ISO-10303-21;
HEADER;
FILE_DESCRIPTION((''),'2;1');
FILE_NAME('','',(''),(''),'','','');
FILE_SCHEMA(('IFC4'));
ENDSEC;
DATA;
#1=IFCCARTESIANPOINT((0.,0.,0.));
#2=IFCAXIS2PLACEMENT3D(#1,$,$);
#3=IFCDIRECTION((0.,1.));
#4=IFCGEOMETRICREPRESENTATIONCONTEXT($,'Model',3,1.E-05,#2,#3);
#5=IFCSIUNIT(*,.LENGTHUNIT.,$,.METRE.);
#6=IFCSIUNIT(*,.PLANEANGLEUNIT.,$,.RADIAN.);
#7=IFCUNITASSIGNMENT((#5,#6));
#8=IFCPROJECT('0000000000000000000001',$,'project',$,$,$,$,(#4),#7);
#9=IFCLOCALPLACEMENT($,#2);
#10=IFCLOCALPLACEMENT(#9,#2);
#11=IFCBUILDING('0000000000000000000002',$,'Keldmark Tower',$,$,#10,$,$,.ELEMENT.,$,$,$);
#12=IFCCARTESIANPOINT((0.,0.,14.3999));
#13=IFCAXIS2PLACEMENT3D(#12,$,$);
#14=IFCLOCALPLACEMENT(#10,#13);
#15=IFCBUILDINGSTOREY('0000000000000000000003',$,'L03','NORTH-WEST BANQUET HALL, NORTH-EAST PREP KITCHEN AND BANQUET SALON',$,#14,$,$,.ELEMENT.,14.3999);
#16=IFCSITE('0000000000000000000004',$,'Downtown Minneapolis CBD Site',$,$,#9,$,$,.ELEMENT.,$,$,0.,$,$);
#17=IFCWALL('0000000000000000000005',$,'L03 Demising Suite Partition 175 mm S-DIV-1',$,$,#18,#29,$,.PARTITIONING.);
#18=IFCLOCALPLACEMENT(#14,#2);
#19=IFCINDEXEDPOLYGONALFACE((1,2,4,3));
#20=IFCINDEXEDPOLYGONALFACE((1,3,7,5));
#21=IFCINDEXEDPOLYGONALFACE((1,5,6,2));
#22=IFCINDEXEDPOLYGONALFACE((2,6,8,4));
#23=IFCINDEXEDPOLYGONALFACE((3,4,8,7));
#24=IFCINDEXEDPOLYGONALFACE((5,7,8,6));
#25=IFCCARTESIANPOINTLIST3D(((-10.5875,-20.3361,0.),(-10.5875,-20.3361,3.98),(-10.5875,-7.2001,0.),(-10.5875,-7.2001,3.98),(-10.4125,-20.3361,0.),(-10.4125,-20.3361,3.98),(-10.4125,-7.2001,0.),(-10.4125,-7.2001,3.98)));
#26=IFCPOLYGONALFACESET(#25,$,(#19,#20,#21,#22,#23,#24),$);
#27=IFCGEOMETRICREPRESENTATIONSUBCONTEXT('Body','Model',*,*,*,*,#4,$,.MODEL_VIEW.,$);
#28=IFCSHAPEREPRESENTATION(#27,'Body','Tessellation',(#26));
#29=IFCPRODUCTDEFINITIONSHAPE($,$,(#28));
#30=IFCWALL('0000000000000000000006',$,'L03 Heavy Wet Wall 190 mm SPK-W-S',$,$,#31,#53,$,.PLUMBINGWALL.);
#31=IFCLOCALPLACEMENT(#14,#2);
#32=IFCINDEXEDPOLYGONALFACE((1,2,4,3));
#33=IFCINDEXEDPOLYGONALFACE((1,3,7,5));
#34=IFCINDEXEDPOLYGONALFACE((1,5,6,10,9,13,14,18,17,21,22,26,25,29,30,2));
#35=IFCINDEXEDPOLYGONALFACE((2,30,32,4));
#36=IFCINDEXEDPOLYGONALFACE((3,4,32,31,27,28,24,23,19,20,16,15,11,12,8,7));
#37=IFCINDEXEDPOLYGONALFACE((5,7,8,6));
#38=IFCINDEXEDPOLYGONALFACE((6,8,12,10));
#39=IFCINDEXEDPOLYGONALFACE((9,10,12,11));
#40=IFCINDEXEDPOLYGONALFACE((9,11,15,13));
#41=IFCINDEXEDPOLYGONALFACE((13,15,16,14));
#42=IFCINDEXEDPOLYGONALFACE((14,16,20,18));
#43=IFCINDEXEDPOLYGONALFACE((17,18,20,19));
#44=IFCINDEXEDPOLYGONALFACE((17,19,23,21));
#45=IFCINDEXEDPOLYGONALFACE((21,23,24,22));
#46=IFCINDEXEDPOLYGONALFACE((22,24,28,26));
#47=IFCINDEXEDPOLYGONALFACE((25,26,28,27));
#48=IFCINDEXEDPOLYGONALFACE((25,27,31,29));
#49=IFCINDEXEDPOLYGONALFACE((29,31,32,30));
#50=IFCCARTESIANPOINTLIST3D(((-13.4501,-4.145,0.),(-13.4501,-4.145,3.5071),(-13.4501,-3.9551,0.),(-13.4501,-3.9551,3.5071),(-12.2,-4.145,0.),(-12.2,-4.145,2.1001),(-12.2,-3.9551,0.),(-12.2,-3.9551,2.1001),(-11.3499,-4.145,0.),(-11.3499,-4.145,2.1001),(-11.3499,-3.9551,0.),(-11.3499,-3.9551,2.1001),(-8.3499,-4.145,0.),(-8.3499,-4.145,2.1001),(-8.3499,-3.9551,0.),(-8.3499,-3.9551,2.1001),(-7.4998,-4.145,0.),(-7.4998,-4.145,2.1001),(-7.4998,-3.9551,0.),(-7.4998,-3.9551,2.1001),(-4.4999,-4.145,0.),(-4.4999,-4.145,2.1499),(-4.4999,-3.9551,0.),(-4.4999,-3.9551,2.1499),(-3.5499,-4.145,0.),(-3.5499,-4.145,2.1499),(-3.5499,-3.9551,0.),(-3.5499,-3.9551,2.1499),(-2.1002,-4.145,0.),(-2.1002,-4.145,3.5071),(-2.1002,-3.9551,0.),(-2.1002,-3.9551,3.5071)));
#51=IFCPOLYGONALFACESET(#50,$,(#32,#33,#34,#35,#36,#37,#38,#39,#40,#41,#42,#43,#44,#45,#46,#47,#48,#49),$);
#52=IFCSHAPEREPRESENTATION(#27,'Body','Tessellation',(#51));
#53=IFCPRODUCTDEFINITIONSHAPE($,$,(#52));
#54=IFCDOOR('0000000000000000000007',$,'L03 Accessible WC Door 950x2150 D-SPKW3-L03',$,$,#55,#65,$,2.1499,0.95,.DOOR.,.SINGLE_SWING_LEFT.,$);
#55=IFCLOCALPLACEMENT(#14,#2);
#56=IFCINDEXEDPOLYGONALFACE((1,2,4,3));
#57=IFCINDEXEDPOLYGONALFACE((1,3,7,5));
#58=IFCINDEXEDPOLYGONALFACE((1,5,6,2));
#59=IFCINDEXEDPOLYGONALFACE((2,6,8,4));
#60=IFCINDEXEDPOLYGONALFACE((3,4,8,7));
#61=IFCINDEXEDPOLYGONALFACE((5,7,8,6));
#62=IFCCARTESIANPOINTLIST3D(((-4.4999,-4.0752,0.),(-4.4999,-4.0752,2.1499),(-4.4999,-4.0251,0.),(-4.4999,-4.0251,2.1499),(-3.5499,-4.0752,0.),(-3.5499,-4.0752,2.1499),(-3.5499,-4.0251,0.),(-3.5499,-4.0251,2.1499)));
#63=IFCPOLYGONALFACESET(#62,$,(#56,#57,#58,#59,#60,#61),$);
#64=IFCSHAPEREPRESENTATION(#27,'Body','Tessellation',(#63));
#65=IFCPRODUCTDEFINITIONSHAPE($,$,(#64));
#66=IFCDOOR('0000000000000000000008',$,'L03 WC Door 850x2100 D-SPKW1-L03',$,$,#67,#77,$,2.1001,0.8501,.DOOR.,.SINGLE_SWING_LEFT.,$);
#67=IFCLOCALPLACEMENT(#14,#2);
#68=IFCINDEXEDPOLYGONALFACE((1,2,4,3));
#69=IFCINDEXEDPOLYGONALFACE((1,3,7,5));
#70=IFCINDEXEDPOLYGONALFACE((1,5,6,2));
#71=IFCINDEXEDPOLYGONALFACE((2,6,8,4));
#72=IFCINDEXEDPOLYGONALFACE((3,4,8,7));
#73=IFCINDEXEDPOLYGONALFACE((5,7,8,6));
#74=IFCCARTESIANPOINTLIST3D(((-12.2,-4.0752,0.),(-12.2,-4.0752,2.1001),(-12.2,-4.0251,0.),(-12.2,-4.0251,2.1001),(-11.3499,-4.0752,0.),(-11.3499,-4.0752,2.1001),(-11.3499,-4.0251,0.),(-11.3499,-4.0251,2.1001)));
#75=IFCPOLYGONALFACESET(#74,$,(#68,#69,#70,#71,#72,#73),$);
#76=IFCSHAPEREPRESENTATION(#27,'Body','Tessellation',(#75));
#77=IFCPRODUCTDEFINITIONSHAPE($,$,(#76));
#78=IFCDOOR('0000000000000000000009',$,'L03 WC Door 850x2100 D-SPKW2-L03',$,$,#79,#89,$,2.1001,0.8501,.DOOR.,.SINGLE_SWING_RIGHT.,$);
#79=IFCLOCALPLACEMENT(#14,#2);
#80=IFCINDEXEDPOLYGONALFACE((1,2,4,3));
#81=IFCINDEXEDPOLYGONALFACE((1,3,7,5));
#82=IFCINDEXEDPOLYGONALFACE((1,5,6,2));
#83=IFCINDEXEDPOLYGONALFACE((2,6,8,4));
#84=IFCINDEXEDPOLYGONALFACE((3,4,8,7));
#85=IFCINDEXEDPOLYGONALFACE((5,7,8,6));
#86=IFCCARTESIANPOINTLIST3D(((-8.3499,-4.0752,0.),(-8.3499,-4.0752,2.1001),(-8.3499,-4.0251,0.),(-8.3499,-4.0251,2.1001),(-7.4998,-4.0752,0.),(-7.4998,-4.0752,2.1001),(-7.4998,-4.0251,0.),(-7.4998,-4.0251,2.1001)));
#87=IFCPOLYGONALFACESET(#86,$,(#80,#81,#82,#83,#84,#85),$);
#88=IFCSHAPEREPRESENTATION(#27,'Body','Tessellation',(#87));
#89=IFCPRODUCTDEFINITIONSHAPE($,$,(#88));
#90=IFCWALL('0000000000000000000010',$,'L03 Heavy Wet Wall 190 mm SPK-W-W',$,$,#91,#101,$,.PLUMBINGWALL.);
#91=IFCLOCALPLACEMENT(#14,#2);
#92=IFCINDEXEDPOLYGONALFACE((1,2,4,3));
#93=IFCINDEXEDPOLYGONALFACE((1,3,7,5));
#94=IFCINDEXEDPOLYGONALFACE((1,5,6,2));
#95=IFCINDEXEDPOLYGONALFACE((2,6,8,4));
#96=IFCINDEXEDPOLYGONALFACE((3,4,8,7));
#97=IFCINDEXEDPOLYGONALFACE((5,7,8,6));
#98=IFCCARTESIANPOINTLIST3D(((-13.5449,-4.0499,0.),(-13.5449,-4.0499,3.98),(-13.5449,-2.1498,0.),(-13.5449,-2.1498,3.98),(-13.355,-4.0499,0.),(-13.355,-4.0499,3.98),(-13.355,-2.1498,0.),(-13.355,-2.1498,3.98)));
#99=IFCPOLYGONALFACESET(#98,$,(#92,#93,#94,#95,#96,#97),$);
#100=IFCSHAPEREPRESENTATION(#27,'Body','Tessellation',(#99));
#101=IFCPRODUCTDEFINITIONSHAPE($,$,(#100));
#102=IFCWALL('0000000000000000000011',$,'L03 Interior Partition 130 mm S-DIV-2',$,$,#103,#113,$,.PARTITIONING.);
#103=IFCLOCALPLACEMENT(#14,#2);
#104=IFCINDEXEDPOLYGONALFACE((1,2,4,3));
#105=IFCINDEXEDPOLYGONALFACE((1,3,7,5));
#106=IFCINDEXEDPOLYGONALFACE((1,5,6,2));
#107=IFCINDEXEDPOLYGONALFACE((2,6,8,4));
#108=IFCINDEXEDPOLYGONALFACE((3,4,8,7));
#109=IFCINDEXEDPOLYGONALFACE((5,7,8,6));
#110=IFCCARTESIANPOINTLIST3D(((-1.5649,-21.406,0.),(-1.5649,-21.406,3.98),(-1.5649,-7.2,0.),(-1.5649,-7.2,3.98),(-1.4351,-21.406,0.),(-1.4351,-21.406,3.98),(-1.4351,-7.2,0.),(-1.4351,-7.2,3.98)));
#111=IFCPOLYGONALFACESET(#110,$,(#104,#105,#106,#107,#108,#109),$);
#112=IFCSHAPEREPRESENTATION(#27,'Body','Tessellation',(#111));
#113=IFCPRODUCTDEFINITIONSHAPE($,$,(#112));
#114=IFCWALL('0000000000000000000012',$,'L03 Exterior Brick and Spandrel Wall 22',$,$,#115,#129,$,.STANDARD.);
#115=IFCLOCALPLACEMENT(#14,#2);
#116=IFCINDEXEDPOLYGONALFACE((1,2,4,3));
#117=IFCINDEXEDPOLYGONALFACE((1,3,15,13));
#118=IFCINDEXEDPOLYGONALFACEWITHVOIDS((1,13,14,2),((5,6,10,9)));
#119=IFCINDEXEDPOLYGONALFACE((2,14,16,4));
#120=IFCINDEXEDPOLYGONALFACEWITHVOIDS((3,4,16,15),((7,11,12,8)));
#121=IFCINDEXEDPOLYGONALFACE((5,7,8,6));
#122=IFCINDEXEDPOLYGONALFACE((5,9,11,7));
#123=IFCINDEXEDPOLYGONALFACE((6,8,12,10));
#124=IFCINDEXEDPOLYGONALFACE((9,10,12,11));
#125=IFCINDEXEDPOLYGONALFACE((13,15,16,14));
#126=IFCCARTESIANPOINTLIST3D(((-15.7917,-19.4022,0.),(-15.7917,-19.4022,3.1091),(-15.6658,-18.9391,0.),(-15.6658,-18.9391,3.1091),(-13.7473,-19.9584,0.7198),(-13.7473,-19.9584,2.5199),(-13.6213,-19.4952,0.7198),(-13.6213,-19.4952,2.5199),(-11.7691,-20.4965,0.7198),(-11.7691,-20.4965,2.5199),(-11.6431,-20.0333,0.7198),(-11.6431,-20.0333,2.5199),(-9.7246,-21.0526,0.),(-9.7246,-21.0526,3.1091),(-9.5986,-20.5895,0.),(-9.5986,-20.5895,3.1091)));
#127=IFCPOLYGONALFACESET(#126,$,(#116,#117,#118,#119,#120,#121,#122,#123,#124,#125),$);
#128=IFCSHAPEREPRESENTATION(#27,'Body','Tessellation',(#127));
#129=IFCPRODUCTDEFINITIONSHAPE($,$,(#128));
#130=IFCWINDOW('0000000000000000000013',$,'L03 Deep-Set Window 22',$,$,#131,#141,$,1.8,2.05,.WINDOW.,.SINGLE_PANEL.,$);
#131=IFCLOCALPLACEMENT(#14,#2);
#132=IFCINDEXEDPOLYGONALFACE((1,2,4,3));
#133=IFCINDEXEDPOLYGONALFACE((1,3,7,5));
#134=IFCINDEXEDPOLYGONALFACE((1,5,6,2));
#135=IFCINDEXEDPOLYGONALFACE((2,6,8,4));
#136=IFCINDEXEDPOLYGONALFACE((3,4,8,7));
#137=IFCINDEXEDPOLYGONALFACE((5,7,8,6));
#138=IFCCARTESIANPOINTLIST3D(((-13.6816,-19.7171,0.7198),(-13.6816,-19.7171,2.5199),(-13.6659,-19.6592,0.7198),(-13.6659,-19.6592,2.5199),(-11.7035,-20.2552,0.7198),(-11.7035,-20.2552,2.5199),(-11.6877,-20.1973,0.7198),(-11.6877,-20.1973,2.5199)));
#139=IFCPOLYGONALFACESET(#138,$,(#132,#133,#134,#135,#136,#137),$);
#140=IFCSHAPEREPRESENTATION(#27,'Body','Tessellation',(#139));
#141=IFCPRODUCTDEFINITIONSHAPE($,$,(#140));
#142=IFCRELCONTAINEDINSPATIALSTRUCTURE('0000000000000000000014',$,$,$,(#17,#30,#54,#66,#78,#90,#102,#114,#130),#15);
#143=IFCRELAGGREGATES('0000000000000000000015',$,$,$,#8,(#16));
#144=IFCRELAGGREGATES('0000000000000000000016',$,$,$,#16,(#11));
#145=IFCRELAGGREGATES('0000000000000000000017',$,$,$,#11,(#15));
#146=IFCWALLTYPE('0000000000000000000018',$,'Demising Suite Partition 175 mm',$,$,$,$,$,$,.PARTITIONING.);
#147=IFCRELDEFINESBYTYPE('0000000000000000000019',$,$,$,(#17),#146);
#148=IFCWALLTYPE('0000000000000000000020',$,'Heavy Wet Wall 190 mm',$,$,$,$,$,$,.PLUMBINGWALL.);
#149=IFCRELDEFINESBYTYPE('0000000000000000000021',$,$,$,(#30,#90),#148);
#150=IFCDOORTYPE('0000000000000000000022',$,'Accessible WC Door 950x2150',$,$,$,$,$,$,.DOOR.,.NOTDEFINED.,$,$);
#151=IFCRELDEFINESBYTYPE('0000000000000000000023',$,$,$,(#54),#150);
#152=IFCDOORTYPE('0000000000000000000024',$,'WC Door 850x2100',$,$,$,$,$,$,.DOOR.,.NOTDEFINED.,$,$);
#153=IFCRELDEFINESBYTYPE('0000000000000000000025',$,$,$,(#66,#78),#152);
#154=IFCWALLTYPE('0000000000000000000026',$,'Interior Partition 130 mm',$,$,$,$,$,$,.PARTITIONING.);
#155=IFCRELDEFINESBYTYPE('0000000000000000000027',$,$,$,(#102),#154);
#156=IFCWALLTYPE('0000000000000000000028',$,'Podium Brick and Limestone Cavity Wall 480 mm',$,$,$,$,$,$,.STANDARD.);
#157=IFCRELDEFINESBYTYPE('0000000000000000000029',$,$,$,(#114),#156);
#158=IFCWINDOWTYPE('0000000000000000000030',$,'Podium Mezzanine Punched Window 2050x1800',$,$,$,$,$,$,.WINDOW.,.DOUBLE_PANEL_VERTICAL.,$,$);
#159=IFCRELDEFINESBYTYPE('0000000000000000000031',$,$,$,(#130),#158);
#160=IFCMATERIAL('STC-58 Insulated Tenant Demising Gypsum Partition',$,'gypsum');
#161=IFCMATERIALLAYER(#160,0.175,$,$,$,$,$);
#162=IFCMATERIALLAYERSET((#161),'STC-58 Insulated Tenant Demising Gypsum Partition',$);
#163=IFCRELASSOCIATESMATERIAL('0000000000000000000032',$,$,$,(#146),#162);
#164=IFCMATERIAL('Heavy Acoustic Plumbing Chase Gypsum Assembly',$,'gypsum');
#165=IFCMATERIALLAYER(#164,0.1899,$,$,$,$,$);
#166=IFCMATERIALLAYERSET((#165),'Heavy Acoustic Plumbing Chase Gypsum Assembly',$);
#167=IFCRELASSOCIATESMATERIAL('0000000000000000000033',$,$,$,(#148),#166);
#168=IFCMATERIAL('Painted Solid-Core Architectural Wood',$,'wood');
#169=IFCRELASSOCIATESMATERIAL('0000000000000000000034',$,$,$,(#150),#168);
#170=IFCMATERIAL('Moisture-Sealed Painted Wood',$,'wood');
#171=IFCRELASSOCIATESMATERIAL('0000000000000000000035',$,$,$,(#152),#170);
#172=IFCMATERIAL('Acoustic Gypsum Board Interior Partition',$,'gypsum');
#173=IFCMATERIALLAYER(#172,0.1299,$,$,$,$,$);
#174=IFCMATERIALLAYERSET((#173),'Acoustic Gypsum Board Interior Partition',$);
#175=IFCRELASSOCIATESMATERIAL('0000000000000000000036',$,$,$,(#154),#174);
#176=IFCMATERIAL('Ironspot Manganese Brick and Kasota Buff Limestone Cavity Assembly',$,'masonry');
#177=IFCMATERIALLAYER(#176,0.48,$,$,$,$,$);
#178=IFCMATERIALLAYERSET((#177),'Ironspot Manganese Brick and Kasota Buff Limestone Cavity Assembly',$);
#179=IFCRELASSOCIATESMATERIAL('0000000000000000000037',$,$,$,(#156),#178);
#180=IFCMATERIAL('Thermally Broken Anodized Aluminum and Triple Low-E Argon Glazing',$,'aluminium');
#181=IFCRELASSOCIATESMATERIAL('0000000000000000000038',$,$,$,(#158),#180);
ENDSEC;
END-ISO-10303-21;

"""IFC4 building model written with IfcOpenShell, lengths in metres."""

from ifc_helpers import new_model, si_unit, direction, frame, frame_2d, origin, place, context, subcontext, project, spatial, rectangle, extrude, material, layer, layer_set, type_object, element, fill, save


model = new_model("IFC4")

# Units and contexts
model_context = context("Model", 3, precision=1e-05, world=origin(), true_north=direction((0.0, 1.0)))
body_context = subcontext(model_context, "Body", "Model", "MODEL_VIEW")
ifc_project = project(units=[si_unit("LENGTHUNIT", "METRE"), si_unit("PLANEANGLEUNIT", "RADIAN")], contexts=[model_context])

# Site, building, storey
site_placement = place(None, origin())
site = spatial("IfcSite", under=ifc_project, at=site_placement, Name="Downtown Minneapolis CBD Site", CompositionType="ELEMENT", RefElevation=0.0)
building_placement = place(site_placement, origin())
building = spatial("IfcBuilding", under=site, at=building_placement, Name="Keldmark Tower", CompositionType="ELEMENT")
storey_placement = place(building_placement, frame((0.0, 0.0, 14.3999)))
storey = spatial("IfcBuildingStorey", under=building, at=storey_placement, Name="L03", Description="NORTH-WEST BANQUET HALL, NORTH-EAST PREP KITCHEN AND BANQUET SALON", CompositionType="ELEMENT", Elevation=14.3999)

# Wall
ifc_material_1 = material(Name="STC-58 Insulated Tenant Demising Gypsum Partition", Category="gypsum")
ifc_layer_1 = layer(ifc_material_1, 0.175)
ifc_layer_set_1 = layer_set([ifc_layer_1], Name="STC-58 Insulated Tenant Demising Gypsum Partition")
wall_type_1 = type_object("IfcWallType", Name="Demising Suite Partition 175 mm", PredefinedType="PARTITIONING", material=ifc_layer_set_1)
wall_1_placement = place(storey_placement, frame((-10.5, -20.3359, 0.0), z_axis=(0.0, 0.0, 1.0), x_axis=(0.0, 1.0, 0.0)))
element("IfcWall", 1, at=wall_1_placement, inside=storey, type_object=wall_type_1, Name="L03 Demising Suite Partition 175 mm S-DIV-1", PredefinedType="PARTITIONING", context=body_context, shape_type="SweptSolid", body=[
    extrude(rectangle(XDim=13.136, YDim=0.175, at=frame_2d((6.5679, 0.0))), origin(), (0.0, 0.0, 1.0), 3.98),
])

# Wall, openings, doors
ifc_material_2 = material(Name="Heavy Acoustic Plumbing Chase Gypsum Assembly", Category="gypsum")
ifc_layer_2 = layer(ifc_material_2, 0.1899)
ifc_layer_set_2 = layer_set([ifc_layer_2], Name="Heavy Acoustic Plumbing Chase Gypsum Assembly")
wall_type_2 = type_object("IfcWallType", Name="Heavy Wet Wall 190 mm", PredefinedType="PLUMBINGWALL", material=ifc_layer_set_2)
wall_2_placement = place(storey_placement, frame((-13.45, -4.05, 0.0), z_axis=(0.0, 0.0, 1.0), x_axis=(1.0, 0.0, 0.0)))
wall_2 = element("IfcWall", 2, at=wall_2_placement, inside=storey, type_object=wall_type_2, Name="L03 Heavy Wet Wall 190 mm SPK-W-S", PredefinedType="PLUMBINGWALL", context=body_context, shape_type="SweptSolid", body=[
    extrude(rectangle(XDim=11.3499, YDim=0.1899, at=frame_2d((5.6748, 0.0))), origin(), (0.0, 0.0, 1.0), 3.5071),
])
opening_1_placement = place(wall_2_placement, frame((1.25, 0.0, 0.0)))
opening_1 = element("IfcOpeningElement", 3, at=opening_1_placement, cuts=wall_2, PredefinedType="OPENING", context=body_context, shape_type="SweptSolid", body=[
    extrude(rectangle(XDim=0.8501, YDim=2.1001, at=frame_2d((0.425, 1.05))), frame((0.0, 0.105, 0.0), z_axis=(0.0, -1.0, 0.0), x_axis=(1.0, 0.0, 0.0)), (0.0, 0.0, 1.0), 0.21),
])
opening_2_placement = place(wall_2_placement, frame((5.1001, 0.0, 0.0)))
opening_2 = element("IfcOpeningElement", 4, at=opening_2_placement, cuts=wall_2, PredefinedType="OPENING", context=body_context, shape_type="SweptSolid", body=[
    extrude(rectangle(XDim=0.8501, YDim=2.1001, at=frame_2d((0.425, 1.05))), frame((0.0, 0.105, 0.0), z_axis=(0.0, -1.0, 0.0), x_axis=(1.0, 0.0, 0.0)), (0.0, 0.0, 1.0), 0.21),
])
opening_3_placement = place(wall_2_placement, frame((8.95, 0.0, 0.0)))
opening_3 = element("IfcOpeningElement", 5, at=opening_3_placement, cuts=wall_2, PredefinedType="OPENING", context=body_context, shape_type="SweptSolid", body=[
    extrude(rectangle(XDim=0.95, YDim=2.1499, at=frame_2d((0.4751, 1.075))), frame((0.0, 0.105, 0.0), z_axis=(0.0, -1.0, 0.0), x_axis=(1.0, 0.0, 0.0)), (0.0, 0.0, 1.0), 0.21),
])
ifc_material_3 = material(Name="Painted Solid-Core Architectural Wood", Category="wood")
door_type_1 = type_object("IfcDoorType", Name="Accessible WC Door 950x2150", OperationType="NOTDEFINED", PredefinedType="DOOR", material=ifc_material_3)
door_1_placement = place(opening_3_placement, origin())
door_1 = element("IfcDoor", 6, at=door_1_placement, inside=storey, type_object=door_type_1, Name="L03 Accessible WC Door 950x2150 D-SPKW3-L03", OperationType="SINGLE_SWING_LEFT", OverallHeight=2.1499, OverallWidth=0.95, PredefinedType="DOOR", context=body_context, shape_type="SweptSolid", body=[
    extrude(rectangle(XDim=0.95, YDim=2.1499, at=frame_2d((0.4751, 1.075))), frame((0.0, 0.0249, 0.0), z_axis=(0.0, -1.0, 0.0), x_axis=(1.0, 0.0, 0.0)), (0.0, 0.0, 1.0), 0.05),
])
fill(opening_3, door_1)
ifc_material_4 = material(Name="Moisture-Sealed Painted Wood", Category="wood")
door_type_2 = type_object("IfcDoorType", Name="WC Door 850x2100", OperationType="NOTDEFINED", PredefinedType="DOOR", material=ifc_material_4)
door_2_placement = place(opening_1_placement, origin())
door_2 = element("IfcDoor", 7, at=door_2_placement, inside=storey, type_object=door_type_2, Name="L03 WC Door 850x2100 D-SPKW1-L03", OperationType="SINGLE_SWING_LEFT", OverallHeight=2.1001, OverallWidth=0.8501, PredefinedType="DOOR", context=body_context, shape_type="SweptSolid", body=[
    extrude(rectangle(XDim=0.8501, YDim=2.1001, at=frame_2d((0.425, 1.05))), frame((0.0, 0.0249, 0.0), z_axis=(0.0, -1.0, 0.0), x_axis=(1.0, 0.0, 0.0)), (0.0, 0.0, 1.0), 0.05),
])
fill(opening_1, door_2)
door_3_placement = place(opening_2_placement, origin())
door_3 = element("IfcDoor", 8, at=door_3_placement, inside=storey, type_object=door_type_2, Name="L03 WC Door 850x2100 D-SPKW2-L03", OperationType="SINGLE_SWING_RIGHT", OverallHeight=2.1001, OverallWidth=0.8501, PredefinedType="DOOR", context=body_context, shape_type="SweptSolid", body=[
    extrude(rectangle(XDim=0.8501, YDim=2.1001, at=frame_2d((0.425, 1.05))), frame((0.0, 0.0249, 0.0), z_axis=(0.0, -1.0, 0.0), x_axis=(1.0, 0.0, 0.0)), (0.0, 0.0, 1.0), 0.05),
])
fill(opening_2, door_3)

# Walls
wall_3_placement = place(storey_placement, frame((-13.45, -4.05, 0.0), z_axis=(0.0, 0.0, 1.0), x_axis=(0.0, 1.0, 0.0)))
element("IfcWall", 9, at=wall_3_placement, inside=storey, type_object=wall_type_2, Name="L03 Heavy Wet Wall 190 mm SPK-W-W", PredefinedType="PLUMBINGWALL", context=body_context, shape_type="SweptSolid", body=[
    extrude(rectangle(XDim=1.9001, YDim=0.1899, at=frame_2d((0.9502, 0.0))), origin(), (0.0, 0.0, 1.0), 3.98),
])
ifc_material_5 = material(Name="Acoustic Gypsum Board Interior Partition", Category="gypsum")
ifc_layer_3 = layer(ifc_material_5, 0.1299)
ifc_layer_set_3 = layer_set([ifc_layer_3], Name="Acoustic Gypsum Board Interior Partition")
wall_type_3 = type_object("IfcWallType", Name="Interior Partition 130 mm", PredefinedType="PARTITIONING", material=ifc_layer_set_3)
wall_4_placement = place(storey_placement, frame((-1.5, -21.406, 0.0), z_axis=(0.0, 0.0, 1.0), x_axis=(0.0, 1.0, 0.0)))
element("IfcWall", 10, at=wall_4_placement, inside=storey, type_object=wall_type_3, Name="L03 Interior Partition 130 mm S-DIV-2", PredefinedType="PARTITIONING", context=body_context, shape_type="SweptSolid", body=[
    extrude(rectangle(XDim=14.2061, YDim=0.1299, at=frame_2d((7.103, 0.0))), origin(), (0.0, 0.0, 1.0), 3.98),
])

# Wall, opening, window
ifc_material_6 = material(Name="Ironspot Manganese Brick and Kasota Buff Limestone Cavity Assembly", Category="masonry")
ifc_layer_4 = layer(ifc_material_6, 0.48)
ifc_layer_set_4 = layer_set([ifc_layer_4], Name="Ironspot Manganese Brick and Kasota Buff Limestone Cavity Assembly")
wall_type_4 = type_object("IfcWallType", Name="Podium Brick and Limestone Cavity Wall 480 mm", PredefinedType="STANDARD", material=ifc_layer_set_4)
wall_5_placement = place(storey_placement, frame((-9.6616, -20.821, 0.0), z_axis=(0.0, 0.0, 1.0), x_axis=(-0.964937, 0.262483, 0.0)))
wall_5 = element("IfcWall", 11, at=wall_5_placement, inside=storey, type_object=wall_type_4, Name="L03 Exterior Brick and Spandrel Wall 22", PredefinedType="STANDARD", context=body_context, shape_type="SweptSolid", body=[
    extrude(rectangle(XDim=6.2876, YDim=0.48, at=frame_2d((3.1438, 0.0))), origin(), (0.0, 0.0, 1.0), 3.1091),
])
opening_4_placement = place(wall_5_placement, frame((2.1189, 0.0, 0.72)))
opening_4 = element("IfcOpeningElement", 12, at=opening_4_placement, cuts=wall_5, PredefinedType="OPENING", context=body_context, shape_type="SweptSolid", body=[
    extrude(rectangle(XDim=2.05, YDim=1.8, at=frame_2d((1.0249, 0.8999))), frame((0.0, 0.25, 0.0), z_axis=(0.0, -1.0, 0.0), x_axis=(1.0, 0.0, 0.0)), (0.0, 0.0, 1.0), 0.5),
])
ifc_material_7 = material(Name="Thermally Broken Anodized Aluminum and Triple Low-E Argon Glazing", Category="aluminium")
window_type = type_object("IfcWindowType", Name="Podium Mezzanine Punched Window 2050x1800", PartitioningType="DOUBLE_PANEL_VERTICAL", PredefinedType="WINDOW", material=ifc_material_7)
window_1_placement = place(opening_4_placement, origin())
window_1 = element("IfcWindow", 13, at=window_1_placement, inside=storey, type_object=window_type, Name="L03 Deep-Set Window 22", OverallHeight=1.8, OverallWidth=2.05, PartitioningType="SINGLE_PANEL", PredefinedType="WINDOW", context=body_context, shape_type="SweptSolid", body=[
    extrude(rectangle(XDim=2.05, YDim=1.8, at=frame_2d((1.0249, 0.8999))), frame((0.0, -0.01, 0.0), z_axis=(0.0, -1.0, 0.0), x_axis=(1.0, 0.0, 0.0)), (0.0, 0.0, 1.0), 0.0601),
])
fill(opening_4, window_1)

save(model, "model.ifc")
